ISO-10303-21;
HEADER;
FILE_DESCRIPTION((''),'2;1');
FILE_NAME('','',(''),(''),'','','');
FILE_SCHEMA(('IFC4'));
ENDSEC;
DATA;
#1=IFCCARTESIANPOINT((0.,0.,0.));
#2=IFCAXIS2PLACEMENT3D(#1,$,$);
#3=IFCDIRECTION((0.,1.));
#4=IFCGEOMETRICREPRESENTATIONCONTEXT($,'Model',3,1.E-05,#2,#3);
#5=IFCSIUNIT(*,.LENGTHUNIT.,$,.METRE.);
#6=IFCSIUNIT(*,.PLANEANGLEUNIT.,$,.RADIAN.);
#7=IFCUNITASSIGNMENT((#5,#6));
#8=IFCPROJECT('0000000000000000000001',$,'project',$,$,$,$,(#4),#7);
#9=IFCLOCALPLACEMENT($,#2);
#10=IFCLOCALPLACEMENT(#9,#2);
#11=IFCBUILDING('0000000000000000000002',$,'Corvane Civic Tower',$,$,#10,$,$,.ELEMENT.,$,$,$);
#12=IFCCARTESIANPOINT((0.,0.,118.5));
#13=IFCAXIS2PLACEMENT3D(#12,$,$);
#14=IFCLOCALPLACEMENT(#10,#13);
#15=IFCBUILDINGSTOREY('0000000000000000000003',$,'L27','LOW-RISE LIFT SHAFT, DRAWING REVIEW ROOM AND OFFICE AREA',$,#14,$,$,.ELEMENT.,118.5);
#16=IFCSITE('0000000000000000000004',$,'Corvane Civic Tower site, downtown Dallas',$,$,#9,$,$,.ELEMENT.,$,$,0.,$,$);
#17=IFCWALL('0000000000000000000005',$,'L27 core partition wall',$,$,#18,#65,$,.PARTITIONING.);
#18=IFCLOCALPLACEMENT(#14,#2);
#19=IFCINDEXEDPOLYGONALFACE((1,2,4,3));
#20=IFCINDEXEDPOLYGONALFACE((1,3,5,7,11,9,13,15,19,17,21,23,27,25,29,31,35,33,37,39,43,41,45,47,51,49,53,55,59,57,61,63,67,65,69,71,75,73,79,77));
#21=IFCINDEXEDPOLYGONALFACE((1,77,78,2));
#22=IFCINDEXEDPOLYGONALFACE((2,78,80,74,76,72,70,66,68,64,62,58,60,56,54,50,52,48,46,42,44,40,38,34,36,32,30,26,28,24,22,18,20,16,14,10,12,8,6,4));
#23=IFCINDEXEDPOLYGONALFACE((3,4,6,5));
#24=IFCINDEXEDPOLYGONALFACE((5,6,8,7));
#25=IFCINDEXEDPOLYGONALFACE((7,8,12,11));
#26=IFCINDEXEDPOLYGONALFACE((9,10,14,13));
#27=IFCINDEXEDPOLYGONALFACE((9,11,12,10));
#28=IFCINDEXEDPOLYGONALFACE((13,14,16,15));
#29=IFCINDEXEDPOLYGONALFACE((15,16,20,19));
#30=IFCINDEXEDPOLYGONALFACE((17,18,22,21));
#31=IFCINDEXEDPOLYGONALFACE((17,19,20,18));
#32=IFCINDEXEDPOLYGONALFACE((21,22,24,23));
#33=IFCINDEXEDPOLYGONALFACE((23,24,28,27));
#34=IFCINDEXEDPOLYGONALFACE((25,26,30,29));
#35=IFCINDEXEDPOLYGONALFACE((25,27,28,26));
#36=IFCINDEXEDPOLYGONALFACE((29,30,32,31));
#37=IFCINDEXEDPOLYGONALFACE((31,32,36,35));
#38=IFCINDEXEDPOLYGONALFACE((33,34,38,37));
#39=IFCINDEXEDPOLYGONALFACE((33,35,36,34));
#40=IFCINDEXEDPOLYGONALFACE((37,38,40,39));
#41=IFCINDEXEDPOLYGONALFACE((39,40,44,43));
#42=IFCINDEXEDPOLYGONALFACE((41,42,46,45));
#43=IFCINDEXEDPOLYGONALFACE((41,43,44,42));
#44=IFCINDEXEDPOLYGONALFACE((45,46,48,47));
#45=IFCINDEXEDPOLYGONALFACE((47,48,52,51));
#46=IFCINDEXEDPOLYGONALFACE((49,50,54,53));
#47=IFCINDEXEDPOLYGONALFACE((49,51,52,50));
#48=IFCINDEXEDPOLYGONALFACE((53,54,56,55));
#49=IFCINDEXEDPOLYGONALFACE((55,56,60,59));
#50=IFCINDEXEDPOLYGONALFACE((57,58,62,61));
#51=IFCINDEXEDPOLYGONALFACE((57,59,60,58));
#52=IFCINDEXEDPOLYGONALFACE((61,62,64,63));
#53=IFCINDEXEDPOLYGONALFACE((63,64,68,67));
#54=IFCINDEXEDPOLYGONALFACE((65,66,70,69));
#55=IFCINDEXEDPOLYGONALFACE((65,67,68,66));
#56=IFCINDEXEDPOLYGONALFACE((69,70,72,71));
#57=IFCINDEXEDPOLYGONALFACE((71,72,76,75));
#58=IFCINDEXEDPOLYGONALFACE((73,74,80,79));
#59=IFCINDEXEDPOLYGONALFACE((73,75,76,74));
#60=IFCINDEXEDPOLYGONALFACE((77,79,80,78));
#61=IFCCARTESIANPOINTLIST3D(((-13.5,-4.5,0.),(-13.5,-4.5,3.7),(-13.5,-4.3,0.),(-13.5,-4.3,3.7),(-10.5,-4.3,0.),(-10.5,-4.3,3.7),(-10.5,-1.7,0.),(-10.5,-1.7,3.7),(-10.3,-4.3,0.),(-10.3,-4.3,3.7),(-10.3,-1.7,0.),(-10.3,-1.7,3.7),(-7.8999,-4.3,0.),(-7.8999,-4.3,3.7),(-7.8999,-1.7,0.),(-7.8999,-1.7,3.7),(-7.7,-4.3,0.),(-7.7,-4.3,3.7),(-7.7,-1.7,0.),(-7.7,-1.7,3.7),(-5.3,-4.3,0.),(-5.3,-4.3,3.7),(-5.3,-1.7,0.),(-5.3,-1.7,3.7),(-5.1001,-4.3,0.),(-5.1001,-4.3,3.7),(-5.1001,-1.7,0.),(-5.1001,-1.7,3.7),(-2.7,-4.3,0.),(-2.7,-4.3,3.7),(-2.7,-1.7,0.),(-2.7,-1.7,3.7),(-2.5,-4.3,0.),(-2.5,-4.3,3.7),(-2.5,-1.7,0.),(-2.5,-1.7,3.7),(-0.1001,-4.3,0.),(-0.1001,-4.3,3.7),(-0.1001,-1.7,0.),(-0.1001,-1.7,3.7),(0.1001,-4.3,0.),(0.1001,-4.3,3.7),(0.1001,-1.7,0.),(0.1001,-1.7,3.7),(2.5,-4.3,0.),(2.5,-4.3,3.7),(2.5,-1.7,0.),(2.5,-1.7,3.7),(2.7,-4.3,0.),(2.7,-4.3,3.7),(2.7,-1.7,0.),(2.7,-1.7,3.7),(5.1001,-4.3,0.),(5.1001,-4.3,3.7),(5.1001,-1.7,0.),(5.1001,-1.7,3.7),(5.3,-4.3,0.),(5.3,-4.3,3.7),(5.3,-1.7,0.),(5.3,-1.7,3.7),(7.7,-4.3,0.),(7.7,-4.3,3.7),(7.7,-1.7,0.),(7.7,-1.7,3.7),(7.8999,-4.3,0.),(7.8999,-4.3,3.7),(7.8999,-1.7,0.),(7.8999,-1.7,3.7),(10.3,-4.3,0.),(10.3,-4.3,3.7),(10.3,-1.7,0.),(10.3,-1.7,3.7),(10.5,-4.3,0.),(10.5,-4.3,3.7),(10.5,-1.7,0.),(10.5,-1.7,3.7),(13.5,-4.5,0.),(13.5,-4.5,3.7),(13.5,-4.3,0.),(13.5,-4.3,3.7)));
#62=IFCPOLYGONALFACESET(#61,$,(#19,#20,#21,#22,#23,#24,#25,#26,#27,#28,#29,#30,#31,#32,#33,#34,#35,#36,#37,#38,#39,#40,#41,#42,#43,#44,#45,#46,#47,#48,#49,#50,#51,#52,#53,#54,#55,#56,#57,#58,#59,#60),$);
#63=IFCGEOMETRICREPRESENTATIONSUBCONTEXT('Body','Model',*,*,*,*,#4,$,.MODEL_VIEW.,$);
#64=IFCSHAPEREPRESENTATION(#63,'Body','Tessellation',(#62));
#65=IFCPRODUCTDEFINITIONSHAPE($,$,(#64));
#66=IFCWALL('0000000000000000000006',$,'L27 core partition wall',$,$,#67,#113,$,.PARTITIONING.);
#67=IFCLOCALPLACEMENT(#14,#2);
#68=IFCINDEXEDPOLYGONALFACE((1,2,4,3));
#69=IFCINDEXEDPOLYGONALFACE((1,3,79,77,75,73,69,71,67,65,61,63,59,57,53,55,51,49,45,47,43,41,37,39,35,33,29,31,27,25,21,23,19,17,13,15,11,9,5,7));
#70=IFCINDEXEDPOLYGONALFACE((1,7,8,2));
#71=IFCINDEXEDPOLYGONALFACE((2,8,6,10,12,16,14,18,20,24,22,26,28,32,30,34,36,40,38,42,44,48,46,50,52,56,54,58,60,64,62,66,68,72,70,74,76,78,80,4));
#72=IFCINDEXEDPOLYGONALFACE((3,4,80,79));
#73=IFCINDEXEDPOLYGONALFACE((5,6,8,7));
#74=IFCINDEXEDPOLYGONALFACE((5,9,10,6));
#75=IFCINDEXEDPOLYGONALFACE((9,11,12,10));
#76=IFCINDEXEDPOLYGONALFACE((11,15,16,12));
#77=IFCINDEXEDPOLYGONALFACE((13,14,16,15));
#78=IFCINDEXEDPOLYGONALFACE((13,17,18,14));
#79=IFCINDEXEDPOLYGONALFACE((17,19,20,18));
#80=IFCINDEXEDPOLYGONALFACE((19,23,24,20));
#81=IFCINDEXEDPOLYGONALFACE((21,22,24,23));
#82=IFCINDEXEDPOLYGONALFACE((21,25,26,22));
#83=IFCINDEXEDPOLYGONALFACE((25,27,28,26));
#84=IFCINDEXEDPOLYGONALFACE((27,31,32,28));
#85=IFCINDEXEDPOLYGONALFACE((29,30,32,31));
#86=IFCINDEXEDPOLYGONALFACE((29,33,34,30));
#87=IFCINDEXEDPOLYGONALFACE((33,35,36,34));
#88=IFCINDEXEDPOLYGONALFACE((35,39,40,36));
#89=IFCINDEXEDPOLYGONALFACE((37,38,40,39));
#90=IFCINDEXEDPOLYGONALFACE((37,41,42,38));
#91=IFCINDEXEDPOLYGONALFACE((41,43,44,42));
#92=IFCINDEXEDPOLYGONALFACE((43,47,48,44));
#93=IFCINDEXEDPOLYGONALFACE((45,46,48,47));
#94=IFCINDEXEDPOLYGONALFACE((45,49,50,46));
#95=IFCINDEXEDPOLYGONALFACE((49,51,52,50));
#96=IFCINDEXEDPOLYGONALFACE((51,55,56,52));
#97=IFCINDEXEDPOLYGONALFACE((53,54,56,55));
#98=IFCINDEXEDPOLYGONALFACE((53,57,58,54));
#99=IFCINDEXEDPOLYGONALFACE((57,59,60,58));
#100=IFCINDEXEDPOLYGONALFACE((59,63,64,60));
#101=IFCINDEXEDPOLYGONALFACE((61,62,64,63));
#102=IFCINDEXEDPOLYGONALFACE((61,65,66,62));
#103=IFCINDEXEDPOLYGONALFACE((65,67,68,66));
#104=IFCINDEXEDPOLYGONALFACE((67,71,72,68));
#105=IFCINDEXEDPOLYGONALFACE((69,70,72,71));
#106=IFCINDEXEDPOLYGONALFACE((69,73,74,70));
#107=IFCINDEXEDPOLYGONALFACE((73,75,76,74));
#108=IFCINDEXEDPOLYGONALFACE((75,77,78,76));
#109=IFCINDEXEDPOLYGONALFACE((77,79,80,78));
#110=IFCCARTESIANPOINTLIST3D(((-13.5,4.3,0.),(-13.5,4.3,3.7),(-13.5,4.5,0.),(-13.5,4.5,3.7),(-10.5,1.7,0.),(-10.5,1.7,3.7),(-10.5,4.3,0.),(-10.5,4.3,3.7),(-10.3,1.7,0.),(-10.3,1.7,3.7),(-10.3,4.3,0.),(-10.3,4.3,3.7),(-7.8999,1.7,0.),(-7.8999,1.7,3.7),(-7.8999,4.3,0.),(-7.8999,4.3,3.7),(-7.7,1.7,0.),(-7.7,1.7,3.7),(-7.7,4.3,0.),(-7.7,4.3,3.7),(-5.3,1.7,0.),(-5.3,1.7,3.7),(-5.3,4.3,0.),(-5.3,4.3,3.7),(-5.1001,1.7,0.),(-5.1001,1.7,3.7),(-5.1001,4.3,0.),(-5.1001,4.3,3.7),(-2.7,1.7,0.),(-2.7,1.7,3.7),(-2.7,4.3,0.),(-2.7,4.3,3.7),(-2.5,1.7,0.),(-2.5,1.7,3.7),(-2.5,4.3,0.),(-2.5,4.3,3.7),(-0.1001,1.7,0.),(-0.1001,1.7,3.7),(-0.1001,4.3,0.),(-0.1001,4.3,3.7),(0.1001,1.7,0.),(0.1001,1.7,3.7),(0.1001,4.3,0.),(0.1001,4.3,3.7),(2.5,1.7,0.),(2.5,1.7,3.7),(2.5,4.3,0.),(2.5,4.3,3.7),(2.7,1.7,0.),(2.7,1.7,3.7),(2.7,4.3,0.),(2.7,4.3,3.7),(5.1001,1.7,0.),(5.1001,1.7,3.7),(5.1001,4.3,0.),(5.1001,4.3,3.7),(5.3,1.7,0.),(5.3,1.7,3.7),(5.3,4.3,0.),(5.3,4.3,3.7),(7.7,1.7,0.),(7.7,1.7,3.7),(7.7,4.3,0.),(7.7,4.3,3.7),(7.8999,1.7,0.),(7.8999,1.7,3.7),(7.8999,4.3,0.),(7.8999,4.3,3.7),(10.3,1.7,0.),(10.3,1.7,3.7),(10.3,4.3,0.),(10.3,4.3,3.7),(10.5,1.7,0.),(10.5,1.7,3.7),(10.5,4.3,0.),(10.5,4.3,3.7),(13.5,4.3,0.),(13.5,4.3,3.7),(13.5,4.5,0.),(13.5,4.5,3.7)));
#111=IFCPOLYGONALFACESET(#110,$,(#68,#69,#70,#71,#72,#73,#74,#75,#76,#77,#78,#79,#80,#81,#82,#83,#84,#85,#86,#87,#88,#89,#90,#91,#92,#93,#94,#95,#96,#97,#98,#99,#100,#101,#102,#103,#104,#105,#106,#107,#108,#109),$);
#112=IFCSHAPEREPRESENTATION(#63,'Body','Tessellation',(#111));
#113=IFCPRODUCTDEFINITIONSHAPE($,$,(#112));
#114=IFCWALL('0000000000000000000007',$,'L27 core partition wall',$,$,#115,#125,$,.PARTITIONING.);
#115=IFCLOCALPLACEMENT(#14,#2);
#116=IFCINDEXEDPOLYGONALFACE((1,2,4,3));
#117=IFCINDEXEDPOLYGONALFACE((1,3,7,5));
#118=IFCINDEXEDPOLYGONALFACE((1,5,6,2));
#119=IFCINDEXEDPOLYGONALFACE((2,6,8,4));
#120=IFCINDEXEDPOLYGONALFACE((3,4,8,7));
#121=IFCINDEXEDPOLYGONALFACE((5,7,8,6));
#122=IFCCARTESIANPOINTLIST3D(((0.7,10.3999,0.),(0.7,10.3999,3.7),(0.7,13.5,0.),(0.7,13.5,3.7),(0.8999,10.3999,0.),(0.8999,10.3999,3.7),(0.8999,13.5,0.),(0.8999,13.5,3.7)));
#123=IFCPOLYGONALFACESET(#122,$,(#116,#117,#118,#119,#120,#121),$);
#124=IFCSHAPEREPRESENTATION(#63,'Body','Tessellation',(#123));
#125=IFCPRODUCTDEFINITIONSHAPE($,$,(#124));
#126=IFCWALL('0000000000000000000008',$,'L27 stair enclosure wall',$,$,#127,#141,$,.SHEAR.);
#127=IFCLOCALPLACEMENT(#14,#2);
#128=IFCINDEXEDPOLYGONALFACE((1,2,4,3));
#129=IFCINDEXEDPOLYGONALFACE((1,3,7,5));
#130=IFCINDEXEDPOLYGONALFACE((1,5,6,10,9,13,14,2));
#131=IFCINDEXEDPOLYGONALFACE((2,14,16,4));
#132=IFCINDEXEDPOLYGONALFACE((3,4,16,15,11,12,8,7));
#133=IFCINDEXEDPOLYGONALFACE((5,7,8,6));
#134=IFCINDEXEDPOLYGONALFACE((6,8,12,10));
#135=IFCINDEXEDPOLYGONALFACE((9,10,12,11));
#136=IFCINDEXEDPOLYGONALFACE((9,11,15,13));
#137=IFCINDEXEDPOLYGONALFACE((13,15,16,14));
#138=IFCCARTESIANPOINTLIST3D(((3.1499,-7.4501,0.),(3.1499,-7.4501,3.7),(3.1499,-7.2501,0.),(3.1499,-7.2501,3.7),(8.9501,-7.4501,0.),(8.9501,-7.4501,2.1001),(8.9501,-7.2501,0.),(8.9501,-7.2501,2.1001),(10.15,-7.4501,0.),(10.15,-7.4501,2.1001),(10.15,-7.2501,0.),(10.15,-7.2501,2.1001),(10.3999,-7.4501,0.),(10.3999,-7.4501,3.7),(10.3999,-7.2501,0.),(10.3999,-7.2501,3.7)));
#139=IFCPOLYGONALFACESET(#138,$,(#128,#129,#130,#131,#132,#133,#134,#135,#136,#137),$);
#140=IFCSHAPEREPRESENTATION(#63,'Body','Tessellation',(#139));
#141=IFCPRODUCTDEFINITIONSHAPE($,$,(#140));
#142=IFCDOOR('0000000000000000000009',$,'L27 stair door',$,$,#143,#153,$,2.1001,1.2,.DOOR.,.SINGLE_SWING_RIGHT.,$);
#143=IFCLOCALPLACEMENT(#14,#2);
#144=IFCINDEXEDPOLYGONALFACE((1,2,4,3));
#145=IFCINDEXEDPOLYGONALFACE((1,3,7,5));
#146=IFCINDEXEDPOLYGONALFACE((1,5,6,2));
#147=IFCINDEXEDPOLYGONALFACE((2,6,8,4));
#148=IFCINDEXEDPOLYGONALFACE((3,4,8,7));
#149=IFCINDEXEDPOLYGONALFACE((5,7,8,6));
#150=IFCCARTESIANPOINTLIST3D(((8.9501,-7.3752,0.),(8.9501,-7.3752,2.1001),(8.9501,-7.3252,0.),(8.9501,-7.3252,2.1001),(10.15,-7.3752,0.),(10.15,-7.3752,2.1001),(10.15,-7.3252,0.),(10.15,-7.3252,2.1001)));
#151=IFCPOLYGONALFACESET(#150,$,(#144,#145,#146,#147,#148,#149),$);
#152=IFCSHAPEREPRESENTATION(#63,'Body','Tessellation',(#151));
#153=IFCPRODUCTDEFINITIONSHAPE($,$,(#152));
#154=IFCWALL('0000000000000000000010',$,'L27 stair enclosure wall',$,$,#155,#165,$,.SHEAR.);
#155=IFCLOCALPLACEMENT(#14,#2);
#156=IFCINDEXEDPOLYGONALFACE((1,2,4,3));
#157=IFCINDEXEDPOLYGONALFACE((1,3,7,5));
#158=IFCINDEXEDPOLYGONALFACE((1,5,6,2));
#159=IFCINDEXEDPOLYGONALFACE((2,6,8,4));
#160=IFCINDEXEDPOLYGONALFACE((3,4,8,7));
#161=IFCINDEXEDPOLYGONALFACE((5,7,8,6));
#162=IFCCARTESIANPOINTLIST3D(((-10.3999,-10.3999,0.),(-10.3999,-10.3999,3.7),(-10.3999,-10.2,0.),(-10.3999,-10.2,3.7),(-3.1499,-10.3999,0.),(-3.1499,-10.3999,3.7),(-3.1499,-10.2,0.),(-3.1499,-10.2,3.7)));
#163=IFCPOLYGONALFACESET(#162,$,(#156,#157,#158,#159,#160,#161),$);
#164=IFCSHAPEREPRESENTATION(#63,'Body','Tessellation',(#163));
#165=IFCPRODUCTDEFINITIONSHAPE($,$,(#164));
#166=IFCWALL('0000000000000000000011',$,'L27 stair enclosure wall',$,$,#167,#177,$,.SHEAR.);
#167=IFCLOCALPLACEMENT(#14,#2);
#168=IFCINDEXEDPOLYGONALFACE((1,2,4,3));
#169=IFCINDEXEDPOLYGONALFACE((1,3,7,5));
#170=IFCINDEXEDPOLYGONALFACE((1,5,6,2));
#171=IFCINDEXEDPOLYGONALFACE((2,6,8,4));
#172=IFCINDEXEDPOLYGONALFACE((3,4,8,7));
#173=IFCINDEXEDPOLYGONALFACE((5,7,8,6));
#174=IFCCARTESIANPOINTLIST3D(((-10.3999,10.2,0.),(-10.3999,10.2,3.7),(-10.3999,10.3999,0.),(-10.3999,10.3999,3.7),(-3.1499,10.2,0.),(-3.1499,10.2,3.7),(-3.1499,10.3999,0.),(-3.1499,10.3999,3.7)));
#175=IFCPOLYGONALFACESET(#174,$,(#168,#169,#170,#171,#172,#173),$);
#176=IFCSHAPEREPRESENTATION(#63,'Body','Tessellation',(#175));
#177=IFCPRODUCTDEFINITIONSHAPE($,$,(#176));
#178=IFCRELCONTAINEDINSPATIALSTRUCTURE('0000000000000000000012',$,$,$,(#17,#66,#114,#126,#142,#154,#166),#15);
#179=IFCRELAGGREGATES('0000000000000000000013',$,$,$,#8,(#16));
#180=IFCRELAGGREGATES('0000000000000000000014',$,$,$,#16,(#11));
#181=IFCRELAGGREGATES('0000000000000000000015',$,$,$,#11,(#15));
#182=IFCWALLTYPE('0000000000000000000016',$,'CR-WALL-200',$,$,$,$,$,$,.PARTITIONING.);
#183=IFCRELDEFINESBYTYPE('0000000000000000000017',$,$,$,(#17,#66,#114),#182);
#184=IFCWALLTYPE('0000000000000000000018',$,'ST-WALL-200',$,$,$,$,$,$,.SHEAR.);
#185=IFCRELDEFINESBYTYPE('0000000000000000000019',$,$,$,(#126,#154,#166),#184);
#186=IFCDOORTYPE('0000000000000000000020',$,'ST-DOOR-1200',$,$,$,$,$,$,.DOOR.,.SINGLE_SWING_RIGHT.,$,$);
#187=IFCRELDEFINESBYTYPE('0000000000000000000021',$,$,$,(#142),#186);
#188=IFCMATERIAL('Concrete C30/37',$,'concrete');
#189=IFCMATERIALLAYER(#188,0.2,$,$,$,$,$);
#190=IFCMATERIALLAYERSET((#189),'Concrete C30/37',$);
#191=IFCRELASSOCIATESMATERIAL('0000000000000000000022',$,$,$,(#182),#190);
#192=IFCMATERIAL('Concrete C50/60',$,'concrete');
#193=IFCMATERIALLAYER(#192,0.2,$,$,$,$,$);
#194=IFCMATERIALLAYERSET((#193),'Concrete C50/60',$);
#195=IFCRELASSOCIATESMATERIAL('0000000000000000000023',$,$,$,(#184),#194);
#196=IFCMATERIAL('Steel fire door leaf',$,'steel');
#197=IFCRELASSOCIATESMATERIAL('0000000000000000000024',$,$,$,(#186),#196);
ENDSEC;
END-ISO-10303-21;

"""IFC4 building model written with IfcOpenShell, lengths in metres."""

from ifc_helpers import new_model, si_unit, direction, frame, frame_2d, origin, place, context, subcontext, project, spatial, polyline, rectangle, outline, extrude, material, layer, layer_set, type_object, element, fill, save


model = new_model("IFC4")

# Units and contexts
model_context = context("Model", 3, precision=1e-05, world=origin(), true_north=direction((0.0, 1.0)))
body_context = subcontext(model_context, "Body", "Model", "MODEL_VIEW")
ifc_project = project(units=[si_unit("LENGTHUNIT", "METRE"), si_unit("PLANEANGLEUNIT", "RADIAN")], contexts=[model_context])

# Site, building, storey
site_placement = place(None, origin())
site = spatial("IfcSite", under=ifc_project, at=site_placement, Name="Corvane Civic Tower site, downtown Dallas", CompositionType="ELEMENT", RefElevation=0.0)
building_placement = place(site_placement, origin())
building = spatial("IfcBuilding", under=site, at=building_placement, Name="Corvane Civic Tower", CompositionType="ELEMENT")
storey_placement = place(building_placement, frame((0.0, 0.0, 118.5)))
storey = spatial("IfcBuildingStorey", under=building, at=storey_placement, Name="L27", Description="LOW-RISE LIFT SHAFT, DRAWING REVIEW ROOM AND OFFICE AREA", CompositionType="ELEMENT", Elevation=118.5)

# Shared definitions
ifc_material_1 = material(Name="Concrete C30/37", Category="concrete")
ifc_layer_1 = layer(ifc_material_1, 0.2)
ifc_layer_set_1 = layer_set([ifc_layer_1], Name="Concrete C30/37")
wall_type_1 = type_object("IfcWallType", Name="CR-WALL-200", PredefinedType="PARTITIONING", material=ifc_layer_set_1)

# Walls
wall_1_placement = place(storey_placement, origin())
element("IfcWall", 1, at=wall_1_placement, inside=storey, type_object=wall_type_1, Name="L27 core partition wall", PredefinedType="PARTITIONING", context=body_context, shape_type="SweptSolid", body=[
    extrude(outline(polyline([(-10.3, -1.7), (-10.3, -4.3), (-7.8999, -4.3), (-7.8999, -1.7), (-7.7, -1.7), (-7.7, -4.3), (-5.3, -4.3), (-5.3, -1.7), (-5.1001, -1.7), (-5.1001, -4.3), (-2.7, -4.3), (-2.7, -1.7), (-2.5, -1.7), (-2.5, -4.3), (-0.1001, -4.3), (-0.1001, -1.7), (0.1001, -1.7), (0.1001, -4.3), (2.5, -4.3), (2.5, -1.7), (2.7, -1.7), (2.7, -4.3), (5.1001, -4.3), (5.1001, -1.7), (5.3, -1.7), (5.3, -4.3), (7.7, -4.3), (7.7, -1.7), (7.8999, -1.7), (7.8999, -4.3), (10.3, -4.3), (10.3, -1.7), (10.5, -1.7), (10.5, -4.3), (13.5, -4.3), (13.5, -4.5), (-13.5, -4.5), (-13.5, -4.3), (-10.5, -4.3), (-10.5, -1.7), (-10.3, -1.7)])), origin(), (0.0, 0.0, 1.0), 3.7),
])
wall_2_placement = place(storey_placement, origin())
element("IfcWall", 2, at=wall_2_placement, inside=storey, type_object=wall_type_1, Name="L27 core partition wall", PredefinedType="PARTITIONING", context=body_context, shape_type="SweptSolid", body=[
    extrude(outline(polyline([(0.1001, 1.7), (-0.1001, 1.7), (-0.1001, 4.3), (-2.5, 4.3), (-2.5, 1.7), (-2.7, 1.7), (-2.7, 4.3), (-5.1001, 4.3), (-5.1001, 1.7), (-5.3, 1.7), (-5.3, 4.3), (-7.7, 4.3), (-7.7, 1.7), (-7.8999, 1.7), (-7.8999, 4.3), (-10.3, 4.3), (-10.3, 1.7), (-10.5, 1.7), (-10.5, 4.3), (-13.5, 4.3), (-13.5, 4.5), (13.5, 4.5), (13.5, 4.3), (10.5, 4.3), (10.5, 1.7), (10.3, 1.7), (10.3, 4.3), (7.8999, 4.3), (7.8999, 1.7), (7.7, 1.7), (7.7, 4.3), (5.3, 4.3), (5.3, 1.7), (5.1001, 1.7), (5.1001, 4.3), (2.7, 4.3), (2.7, 1.7), (2.5, 1.7), (2.5, 4.3), (0.1001, 4.3), (0.1001, 1.7)])), origin(), (0.0, 0.0, 1.0), 3.7),
])
wall_3_placement = place(storey_placement, origin())
element("IfcWall", 3, at=wall_3_placement, inside=storey, type_object=wall_type_1, Name="L27 core partition wall", PredefinedType="PARTITIONING", context=body_context, shape_type="SweptSolid", body=[
    extrude(outline(polyline([(0.8999, 10.3999), (0.7, 10.3999), (0.7, 13.5), (0.8999, 13.5), (0.8999, 10.3999)])), origin(), (0.0, 0.0, 1.0), 3.7),
])

# Wall, opening, door
ifc_material_2 = material(Name="Concrete C50/60", Category="concrete")
ifc_layer_2 = layer(ifc_material_2, 0.2)
ifc_layer_set_2 = layer_set([ifc_layer_2], Name="Concrete C50/60")
wall_type_2 = type_object("IfcWallType", Name="ST-WALL-200", PredefinedType="SHEAR", material=ifc_layer_set_2)
wall_4_placement = place(storey_placement, frame((3.1499, -7.3501, 0.0), z_axis=(0.0, 0.0, 1.0), x_axis=(1.0, 0.0, 0.0)))
wall_4 = element("IfcWall", 4, at=wall_4_placement, inside=storey, type_object=wall_type_2, Name="L27 stair enclosure wall", PredefinedType="SHEAR", context=body_context, shape_type="SweptSolid", body=[
    extrude(rectangle(XDim=7.25, YDim=0.2, at=frame_2d((3.625, 0.0))), origin(), (0.0, 0.0, 1.0), 3.7),
])
opening_1_placement = place(wall_4_placement, frame((5.8, 0.0, 0.0)))
opening_1 = element("IfcOpeningElement", 5, at=opening_1_placement, cuts=wall_4, PredefinedType="OPENING", context=body_context, shape_type="SweptSolid", body=[
    extrude(rectangle(XDim=1.2, YDim=2.1001, at=frame_2d((0.6001, 1.05))), frame((0.0, 0.1099, 0.0), z_axis=(0.0, -1.0, 0.0), x_axis=(1.0, 0.0, 0.0)), (0.0, 0.0, 1.0), 0.22),
])
ifc_material_3 = material(Name="Steel fire door leaf", Category="steel")
door_type_1 = type_object("IfcDoorType", Name="ST-DOOR-1200", OperationType="SINGLE_SWING_RIGHT", PredefinedType="DOOR", material=ifc_material_3)
door_1_placement = place(opening_1_placement, origin())
door_1 = element("IfcDoor", 6, at=door_1_placement, inside=storey, type_object=door_type_1, Name="L27 stair door", OperationType="SINGLE_SWING_RIGHT", OverallHeight=2.1001, OverallWidth=1.2, PredefinedType="DOOR", context=body_context, shape_type="SweptSolid", body=[
    extrude(rectangle(XDim=1.2, YDim=2.1001, at=frame_2d((0.6001, 1.05))), frame((0.0, 0.0249, 0.0), z_axis=(0.0, -1.0, 0.0), x_axis=(1.0, 0.0, 0.0)), (0.0, 0.0, 1.0), 0.05),
])
fill(opening_1, door_1)

# Walls
wall_5_placement = place(storey_placement, origin())
element("IfcWall", 7, at=wall_5_placement, inside=storey, type_object=wall_type_2, Name="L27 stair enclosure wall", PredefinedType="SHEAR", context=body_context, shape_type="SweptSolid", body=[
    extrude(outline(polyline([(-3.1499, -10.2), (-3.1499, -10.3999), (-10.3999, -10.3999), (-10.3999, -10.2), (-3.1499, -10.2)])), origin(), (0.0, 0.0, 1.0), 3.7),
])
wall_6_placement = place(storey_placement, origin())
element("IfcWall", 8, at=wall_6_placement, inside=storey, type_object=wall_type_2, Name="L27 stair enclosure wall", PredefinedType="SHEAR", context=body_context, shape_type="SweptSolid", body=[
    extrude(outline(polyline([(-3.1499, 10.2), (-10.3999, 10.2), (-10.3999, 10.3999), (-3.1499, 10.3999), (-3.1499, 10.2)])), origin(), (0.0, 0.0, 1.0), 3.7),
])

save(model, "model.ifc")
